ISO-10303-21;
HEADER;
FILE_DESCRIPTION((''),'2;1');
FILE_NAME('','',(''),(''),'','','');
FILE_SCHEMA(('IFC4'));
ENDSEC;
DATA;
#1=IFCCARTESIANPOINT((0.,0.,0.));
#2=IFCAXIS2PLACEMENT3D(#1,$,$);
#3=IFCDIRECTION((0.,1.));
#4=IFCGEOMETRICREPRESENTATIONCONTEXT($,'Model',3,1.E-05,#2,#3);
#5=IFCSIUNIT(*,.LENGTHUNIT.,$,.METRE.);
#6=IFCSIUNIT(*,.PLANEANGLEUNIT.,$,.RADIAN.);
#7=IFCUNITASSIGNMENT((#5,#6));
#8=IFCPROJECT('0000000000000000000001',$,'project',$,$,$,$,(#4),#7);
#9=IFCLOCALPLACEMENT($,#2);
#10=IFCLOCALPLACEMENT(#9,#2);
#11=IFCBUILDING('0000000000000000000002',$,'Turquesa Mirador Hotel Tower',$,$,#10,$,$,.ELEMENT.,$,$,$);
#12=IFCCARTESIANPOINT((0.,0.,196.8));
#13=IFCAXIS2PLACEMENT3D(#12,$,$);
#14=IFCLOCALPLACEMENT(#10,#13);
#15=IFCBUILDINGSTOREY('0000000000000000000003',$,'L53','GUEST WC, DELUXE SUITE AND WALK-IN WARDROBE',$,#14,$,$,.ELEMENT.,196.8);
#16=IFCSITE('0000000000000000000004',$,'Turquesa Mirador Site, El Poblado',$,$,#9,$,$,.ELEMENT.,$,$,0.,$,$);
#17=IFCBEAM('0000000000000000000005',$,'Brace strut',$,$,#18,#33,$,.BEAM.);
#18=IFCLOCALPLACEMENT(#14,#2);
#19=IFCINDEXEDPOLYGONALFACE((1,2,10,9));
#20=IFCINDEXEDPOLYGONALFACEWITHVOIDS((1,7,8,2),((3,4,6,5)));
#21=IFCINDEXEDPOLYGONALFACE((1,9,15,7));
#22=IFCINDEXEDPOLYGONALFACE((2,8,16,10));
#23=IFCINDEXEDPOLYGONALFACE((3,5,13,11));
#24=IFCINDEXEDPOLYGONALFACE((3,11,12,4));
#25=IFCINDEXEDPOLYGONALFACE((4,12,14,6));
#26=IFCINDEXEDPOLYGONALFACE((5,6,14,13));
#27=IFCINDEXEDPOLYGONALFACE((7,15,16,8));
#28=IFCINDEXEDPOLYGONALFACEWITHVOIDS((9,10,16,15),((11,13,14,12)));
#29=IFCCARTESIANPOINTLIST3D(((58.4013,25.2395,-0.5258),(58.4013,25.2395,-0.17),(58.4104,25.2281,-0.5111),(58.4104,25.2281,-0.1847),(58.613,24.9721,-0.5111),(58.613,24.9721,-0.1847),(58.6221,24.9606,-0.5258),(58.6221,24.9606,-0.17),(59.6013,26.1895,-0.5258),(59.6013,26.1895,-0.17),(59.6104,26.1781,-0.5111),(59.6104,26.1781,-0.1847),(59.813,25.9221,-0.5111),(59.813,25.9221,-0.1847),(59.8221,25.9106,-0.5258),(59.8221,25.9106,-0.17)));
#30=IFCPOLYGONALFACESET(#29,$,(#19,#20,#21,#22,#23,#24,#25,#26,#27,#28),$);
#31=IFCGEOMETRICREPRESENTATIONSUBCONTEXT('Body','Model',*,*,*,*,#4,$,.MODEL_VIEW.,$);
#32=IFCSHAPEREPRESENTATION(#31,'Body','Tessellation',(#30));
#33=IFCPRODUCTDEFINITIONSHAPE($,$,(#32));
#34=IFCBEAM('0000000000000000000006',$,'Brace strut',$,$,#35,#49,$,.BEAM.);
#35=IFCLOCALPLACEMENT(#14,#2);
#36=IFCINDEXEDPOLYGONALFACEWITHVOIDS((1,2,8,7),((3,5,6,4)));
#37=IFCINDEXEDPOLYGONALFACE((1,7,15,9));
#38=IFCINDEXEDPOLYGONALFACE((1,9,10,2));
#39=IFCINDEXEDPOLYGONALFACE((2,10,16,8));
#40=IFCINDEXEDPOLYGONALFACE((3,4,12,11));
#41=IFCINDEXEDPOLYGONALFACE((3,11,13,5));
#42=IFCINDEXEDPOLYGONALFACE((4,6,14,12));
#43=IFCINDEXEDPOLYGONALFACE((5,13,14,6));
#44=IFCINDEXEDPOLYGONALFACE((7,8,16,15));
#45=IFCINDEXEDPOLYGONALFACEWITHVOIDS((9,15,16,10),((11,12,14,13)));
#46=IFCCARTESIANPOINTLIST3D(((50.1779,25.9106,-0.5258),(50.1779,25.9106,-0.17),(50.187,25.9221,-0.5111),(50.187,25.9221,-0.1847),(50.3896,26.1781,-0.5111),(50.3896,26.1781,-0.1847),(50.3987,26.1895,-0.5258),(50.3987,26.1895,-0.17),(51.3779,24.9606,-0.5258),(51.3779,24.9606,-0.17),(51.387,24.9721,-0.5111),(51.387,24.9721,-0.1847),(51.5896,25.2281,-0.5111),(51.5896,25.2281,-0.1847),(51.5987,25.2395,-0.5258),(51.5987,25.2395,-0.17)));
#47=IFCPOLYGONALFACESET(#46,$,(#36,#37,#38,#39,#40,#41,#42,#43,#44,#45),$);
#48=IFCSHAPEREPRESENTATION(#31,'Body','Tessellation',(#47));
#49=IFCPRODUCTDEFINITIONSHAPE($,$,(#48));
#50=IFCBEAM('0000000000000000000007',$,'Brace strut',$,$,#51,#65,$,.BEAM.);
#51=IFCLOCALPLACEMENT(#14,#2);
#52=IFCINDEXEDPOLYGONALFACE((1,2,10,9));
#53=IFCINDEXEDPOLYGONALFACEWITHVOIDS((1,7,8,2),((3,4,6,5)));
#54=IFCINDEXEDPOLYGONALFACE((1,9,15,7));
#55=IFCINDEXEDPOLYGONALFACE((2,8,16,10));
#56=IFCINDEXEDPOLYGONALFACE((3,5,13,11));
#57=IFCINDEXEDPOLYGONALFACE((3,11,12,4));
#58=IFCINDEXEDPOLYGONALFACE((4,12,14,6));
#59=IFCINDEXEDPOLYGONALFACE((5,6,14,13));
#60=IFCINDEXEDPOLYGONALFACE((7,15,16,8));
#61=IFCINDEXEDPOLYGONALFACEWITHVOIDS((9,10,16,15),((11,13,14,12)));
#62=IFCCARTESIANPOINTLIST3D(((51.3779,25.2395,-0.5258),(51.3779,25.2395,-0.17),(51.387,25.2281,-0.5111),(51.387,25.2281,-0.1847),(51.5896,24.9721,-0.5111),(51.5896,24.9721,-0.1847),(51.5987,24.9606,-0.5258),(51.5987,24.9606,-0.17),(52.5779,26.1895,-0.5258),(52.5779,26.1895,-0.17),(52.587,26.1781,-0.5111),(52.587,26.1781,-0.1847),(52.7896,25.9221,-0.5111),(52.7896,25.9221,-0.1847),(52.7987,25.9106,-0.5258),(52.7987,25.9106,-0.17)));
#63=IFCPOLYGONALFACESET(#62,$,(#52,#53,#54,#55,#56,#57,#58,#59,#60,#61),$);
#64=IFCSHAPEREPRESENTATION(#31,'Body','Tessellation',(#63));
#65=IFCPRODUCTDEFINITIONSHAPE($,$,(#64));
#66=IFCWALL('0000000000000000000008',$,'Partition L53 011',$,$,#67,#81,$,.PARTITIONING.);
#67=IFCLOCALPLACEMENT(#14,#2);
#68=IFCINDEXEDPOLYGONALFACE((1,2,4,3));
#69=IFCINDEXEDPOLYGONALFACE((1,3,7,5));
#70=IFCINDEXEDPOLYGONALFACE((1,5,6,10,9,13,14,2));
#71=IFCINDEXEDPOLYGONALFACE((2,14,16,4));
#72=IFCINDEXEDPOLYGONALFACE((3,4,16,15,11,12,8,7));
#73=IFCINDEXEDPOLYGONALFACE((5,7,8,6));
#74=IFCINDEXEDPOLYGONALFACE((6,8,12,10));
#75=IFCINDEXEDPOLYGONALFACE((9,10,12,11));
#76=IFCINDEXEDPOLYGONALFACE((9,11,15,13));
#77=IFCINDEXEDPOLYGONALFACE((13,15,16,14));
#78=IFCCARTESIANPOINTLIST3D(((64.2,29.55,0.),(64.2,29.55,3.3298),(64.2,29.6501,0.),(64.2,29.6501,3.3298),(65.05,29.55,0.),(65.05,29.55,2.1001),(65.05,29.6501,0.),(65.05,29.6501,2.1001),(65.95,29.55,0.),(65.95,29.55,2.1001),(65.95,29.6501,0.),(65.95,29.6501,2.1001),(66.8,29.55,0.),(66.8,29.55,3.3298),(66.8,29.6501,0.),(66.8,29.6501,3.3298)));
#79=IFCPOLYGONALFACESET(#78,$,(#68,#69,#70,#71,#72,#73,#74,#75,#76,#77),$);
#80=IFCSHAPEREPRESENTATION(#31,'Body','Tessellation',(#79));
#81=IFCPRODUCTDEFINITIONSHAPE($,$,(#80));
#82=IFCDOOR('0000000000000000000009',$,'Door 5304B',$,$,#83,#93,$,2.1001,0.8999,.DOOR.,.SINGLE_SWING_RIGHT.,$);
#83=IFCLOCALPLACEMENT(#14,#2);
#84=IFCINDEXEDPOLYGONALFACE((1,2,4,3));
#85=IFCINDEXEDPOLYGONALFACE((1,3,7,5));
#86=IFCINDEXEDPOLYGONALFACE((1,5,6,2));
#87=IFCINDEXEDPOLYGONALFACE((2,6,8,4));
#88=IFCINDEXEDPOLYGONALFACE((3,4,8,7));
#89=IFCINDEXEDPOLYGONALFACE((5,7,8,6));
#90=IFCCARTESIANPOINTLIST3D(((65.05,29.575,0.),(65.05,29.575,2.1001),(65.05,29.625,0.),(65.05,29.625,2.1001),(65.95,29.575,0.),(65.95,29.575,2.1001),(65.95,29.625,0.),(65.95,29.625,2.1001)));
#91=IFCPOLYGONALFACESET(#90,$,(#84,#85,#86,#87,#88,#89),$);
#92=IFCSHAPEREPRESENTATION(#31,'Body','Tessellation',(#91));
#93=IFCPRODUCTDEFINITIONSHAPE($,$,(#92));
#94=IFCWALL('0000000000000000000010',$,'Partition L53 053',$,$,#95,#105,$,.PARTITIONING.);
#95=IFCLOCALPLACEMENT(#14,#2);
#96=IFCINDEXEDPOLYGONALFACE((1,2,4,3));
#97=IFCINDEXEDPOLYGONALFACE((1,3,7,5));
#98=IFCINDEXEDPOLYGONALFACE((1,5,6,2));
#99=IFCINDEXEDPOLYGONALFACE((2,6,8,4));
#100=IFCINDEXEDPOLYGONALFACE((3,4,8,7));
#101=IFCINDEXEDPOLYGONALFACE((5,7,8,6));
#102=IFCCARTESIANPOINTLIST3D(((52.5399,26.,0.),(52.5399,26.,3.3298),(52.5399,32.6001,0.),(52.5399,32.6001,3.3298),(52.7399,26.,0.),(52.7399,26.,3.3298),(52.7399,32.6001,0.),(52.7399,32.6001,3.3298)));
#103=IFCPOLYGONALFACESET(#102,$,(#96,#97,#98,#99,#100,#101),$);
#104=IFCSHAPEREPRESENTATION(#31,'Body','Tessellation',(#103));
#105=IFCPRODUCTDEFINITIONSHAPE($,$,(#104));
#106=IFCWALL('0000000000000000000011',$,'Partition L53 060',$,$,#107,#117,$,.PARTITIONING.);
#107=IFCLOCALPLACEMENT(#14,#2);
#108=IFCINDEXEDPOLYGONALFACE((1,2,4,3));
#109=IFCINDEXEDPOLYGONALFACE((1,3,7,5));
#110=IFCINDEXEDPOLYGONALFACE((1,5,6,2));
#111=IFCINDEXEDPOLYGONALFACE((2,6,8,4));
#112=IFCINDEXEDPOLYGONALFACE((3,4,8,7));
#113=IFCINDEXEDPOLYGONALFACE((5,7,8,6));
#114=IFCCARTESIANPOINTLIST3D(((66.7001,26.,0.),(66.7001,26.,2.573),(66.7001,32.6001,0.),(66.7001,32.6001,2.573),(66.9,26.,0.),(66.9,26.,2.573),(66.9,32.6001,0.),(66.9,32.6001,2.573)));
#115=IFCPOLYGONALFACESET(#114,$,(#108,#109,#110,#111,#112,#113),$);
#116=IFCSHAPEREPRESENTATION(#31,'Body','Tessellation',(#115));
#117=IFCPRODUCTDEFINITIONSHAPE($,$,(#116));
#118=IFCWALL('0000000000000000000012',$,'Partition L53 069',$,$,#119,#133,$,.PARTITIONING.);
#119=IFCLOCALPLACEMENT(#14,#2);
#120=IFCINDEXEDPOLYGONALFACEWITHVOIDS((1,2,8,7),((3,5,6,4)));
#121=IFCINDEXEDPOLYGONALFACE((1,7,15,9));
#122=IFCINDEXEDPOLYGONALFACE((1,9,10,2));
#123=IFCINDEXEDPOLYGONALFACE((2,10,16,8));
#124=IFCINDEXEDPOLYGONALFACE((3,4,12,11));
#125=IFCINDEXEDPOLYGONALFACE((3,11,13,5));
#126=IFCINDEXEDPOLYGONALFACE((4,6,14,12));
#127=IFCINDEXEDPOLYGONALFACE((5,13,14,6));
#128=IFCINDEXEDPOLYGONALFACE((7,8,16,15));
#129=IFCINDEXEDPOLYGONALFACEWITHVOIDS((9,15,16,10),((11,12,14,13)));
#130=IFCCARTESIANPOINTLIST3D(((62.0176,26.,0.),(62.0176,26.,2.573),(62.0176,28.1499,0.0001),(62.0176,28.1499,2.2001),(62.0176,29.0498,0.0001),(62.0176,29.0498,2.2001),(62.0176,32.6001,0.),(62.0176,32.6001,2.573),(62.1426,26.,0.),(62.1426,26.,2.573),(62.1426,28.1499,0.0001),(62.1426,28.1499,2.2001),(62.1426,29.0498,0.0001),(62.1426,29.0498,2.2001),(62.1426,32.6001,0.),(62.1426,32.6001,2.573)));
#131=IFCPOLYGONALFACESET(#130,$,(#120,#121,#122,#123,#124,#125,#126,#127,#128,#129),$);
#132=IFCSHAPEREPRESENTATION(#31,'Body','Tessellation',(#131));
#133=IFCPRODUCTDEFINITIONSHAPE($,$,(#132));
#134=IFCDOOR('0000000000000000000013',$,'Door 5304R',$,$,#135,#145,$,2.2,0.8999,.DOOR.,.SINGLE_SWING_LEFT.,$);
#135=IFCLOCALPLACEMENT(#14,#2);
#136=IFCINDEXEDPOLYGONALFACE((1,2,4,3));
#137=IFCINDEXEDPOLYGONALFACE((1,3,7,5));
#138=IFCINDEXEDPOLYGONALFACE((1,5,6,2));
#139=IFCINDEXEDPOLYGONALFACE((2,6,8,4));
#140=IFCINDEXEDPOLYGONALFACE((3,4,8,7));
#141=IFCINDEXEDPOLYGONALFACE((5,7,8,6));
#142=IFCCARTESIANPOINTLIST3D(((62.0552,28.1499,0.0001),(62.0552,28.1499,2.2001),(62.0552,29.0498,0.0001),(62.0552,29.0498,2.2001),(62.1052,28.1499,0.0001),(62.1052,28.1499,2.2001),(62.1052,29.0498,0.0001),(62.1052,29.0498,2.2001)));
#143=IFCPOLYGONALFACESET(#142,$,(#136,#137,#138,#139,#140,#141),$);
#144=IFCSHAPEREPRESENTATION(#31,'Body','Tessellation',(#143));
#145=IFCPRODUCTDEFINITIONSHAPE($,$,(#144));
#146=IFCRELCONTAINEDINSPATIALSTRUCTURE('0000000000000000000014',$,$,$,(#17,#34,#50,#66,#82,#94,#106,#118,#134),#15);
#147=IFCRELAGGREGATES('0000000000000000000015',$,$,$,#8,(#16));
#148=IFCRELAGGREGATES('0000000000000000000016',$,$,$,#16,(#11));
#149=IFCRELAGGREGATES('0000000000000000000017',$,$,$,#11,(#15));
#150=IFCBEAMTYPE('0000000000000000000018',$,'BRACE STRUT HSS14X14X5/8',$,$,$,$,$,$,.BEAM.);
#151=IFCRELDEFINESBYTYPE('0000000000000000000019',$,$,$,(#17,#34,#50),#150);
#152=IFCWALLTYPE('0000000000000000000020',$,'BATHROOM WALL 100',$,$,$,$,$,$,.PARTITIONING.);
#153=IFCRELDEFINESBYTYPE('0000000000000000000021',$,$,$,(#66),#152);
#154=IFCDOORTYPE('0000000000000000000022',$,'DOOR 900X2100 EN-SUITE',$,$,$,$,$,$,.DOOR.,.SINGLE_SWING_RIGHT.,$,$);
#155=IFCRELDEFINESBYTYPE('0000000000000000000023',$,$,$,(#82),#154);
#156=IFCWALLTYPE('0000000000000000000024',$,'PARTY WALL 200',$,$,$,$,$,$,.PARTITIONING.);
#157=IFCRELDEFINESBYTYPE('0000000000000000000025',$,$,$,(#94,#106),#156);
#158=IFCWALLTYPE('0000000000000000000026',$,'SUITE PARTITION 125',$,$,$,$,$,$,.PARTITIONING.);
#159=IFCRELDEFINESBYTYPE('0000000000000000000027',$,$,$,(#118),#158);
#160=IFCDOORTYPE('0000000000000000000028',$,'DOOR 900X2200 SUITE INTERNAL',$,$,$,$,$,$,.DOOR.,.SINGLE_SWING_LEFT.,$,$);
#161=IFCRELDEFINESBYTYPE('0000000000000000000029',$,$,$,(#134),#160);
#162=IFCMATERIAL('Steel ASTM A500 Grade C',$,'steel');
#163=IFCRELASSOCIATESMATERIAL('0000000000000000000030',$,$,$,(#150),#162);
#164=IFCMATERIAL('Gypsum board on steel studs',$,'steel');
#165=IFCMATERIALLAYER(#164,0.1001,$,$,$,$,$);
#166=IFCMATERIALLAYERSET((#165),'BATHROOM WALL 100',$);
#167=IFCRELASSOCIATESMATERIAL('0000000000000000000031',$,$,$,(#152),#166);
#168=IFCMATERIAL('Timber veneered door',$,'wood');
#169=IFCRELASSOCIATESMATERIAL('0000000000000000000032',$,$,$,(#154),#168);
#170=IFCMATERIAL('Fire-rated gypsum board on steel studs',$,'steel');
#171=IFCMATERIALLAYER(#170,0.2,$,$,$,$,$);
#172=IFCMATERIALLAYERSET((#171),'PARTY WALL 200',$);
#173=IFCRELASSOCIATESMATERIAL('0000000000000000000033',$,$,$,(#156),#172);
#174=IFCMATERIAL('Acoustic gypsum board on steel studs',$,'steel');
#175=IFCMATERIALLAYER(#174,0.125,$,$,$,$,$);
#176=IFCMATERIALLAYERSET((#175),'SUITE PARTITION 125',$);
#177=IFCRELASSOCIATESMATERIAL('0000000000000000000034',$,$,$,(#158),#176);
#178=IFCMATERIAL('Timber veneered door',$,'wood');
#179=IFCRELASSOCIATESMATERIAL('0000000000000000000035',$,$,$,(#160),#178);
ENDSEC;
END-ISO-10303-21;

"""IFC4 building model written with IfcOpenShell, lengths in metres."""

from ifc_helpers import new_model, si_unit, direction, frame, frame_2d, origin, origin_2d, place, context, subcontext, project, spatial, rectangle, hollow_rectangle, extrude, material, layer, layer_set, material_profile, profile_set, type_object, element, fill, save


model = new_model("IFC4")

# Units and contexts
model_context = context("Model", 3, precision=1e-05, world=origin(), true_north=direction((0.0, 1.0)))
body_context = subcontext(model_context, "Body", "Model", "MODEL_VIEW")
ifc_project = project(units=[si_unit("LENGTHUNIT", "METRE"), si_unit("PLANEANGLEUNIT", "RADIAN")], contexts=[model_context])

# Site, building, storey
site_placement = place(None, origin())
site = spatial("IfcSite", under=ifc_project, at=site_placement, Name="Turquesa Mirador Site, El Poblado", CompositionType="ELEMENT", RefElevation=0.0)
building_placement = place(site_placement, origin())
building = spatial("IfcBuilding", under=site, at=building_placement, Name="Turquesa Mirador Hotel Tower", CompositionType="ELEMENT")
storey_placement = place(building_placement, frame((0.0, 0.0, 196.8)))
storey = spatial("IfcBuildingStorey", under=building, at=storey_placement, Name="L53", Description="GUEST WC, DELUXE SUITE AND WALK-IN WARDROBE", CompositionType="ELEMENT", Elevation=196.8)

# Beams
ifc_material_1 = material(Name="Steel ASTM A500 Grade C", Category="steel")
ifc_material_profile_1 = material_profile(ifc_material_1, hollow_rectangle(XDim=0.3557, YDim=0.3557, WallThickness=0.0146, at=origin_2d()), Name="HSS14X14X5/8")
ifc_profile_set_1 = profile_set([ifc_material_profile_1], Name="Steel ASTM A500 Grade C")
beam_type_1 = type_object("IfcBeamType", Name="BRACE STRUT HSS14X14X5/8", PredefinedType="BEAM", material=ifc_profile_set_1)
for number, where, z_axis, x_axis, name in (
    (1, (58.5117, 25.1001, -0.3479), (0.784049, 0.620699, 0.0), (-0.620699, 0.784049, 0.0), "Brace strut"),
    (2, (51.4883, 25.1001, -0.3479), (-0.784049, 0.620699, 0.0), (-0.620699, -0.784049, 0.0), "Brace strut"),
    (3, (51.4883, 25.1001, -0.3479), (0.784049, 0.620699, 0.0), (-0.620699, 0.784049, 0.0), "Brace strut"),
):
    element("IfcBeam", number, at=place(storey_placement, frame(where, z_axis=z_axis, x_axis=x_axis)), inside=storey, type_object=beam_type_1, Name=name, PredefinedType="BEAM", context=body_context, shape_type="SweptSolid", body=[
        extrude(hollow_rectangle(XDim=0.3557, YDim=0.3557, WallThickness=0.0146, at=origin_2d()), origin(), (0.0, 0.0, 1.0), 1.5305),
    ])

# Wall, opening, door
ifc_material_2 = material(Name="Gypsum board on steel studs", Category="steel")
ifc_layer_1 = layer(ifc_material_2, 0.1001)
ifc_layer_set_1 = layer_set([ifc_layer_1], Name="BATHROOM WALL 100")
wall_type_1 = type_object("IfcWallType", Name="BATHROOM WALL 100", PredefinedType="PARTITIONING", material=ifc_layer_set_1)
wall_1_placement = place(storey_placement, frame((64.2, 29.6001, 0.0), z_axis=(0.0, 0.0, 1.0), x_axis=(1.0, 0.0, 0.0)))
wall_1 = element("IfcWall", 4, at=wall_1_placement, inside=storey, type_object=wall_type_1, Name="Partition L53 011", PredefinedType="PARTITIONING", context=body_context, shape_type="SweptSolid", body=[
    extrude(rectangle(XDim=2.6001, YDim=0.1001, at=frame_2d((1.3, 0.0))), origin(), (0.0, 0.0, 1.0), 3.3298),
])
opening_1_placement = place(wall_1_placement, frame((0.8501, 0.0, 0.0)))
opening_1 = element("IfcOpeningElement", 5, at=opening_1_placement, cuts=wall_1, PredefinedType="OPENING", context=body_context, shape_type="SweptSolid", body=[
    extrude(rectangle(XDim=0.8999, YDim=2.1001, at=frame_2d((0.45, 1.05))), frame((0.0, 0.0601, 0.0), z_axis=(0.0, -1.0, 0.0), x_axis=(1.0, 0.0, 0.0)), (0.0, 0.0, 1.0), 0.1201),
])
ifc_material_3 = material(Name="Timber veneered door", Category="wood")
door_type_1 = type_object("IfcDoorType", Name="DOOR 900X2100 EN-SUITE", OperationType="SINGLE_SWING_RIGHT", PredefinedType="DOOR", material=ifc_material_3)
door_1_placement = place(opening_1_placement, origin())
door_1 = element("IfcDoor", 6, at=door_1_placement, inside=storey, type_object=door_type_1, Name="Door 5304B", OperationType="SINGLE_SWING_RIGHT", OverallHeight=2.1001, OverallWidth=0.8999, PredefinedType="DOOR", context=body_context, shape_type="SweptSolid", body=[
    extrude(rectangle(XDim=0.8999, YDim=2.1001, at=frame_2d((0.45, 1.05))), frame((0.0, 0.0249, 0.0), z_axis=(0.0, -1.0, 0.0), x_axis=(1.0, 0.0, 0.0)), (0.0, 0.0, 1.0), 0.05),
])
fill(opening_1, door_1)

# Walls
ifc_material_4 = material(Name="Fire-rated gypsum board on steel studs", Category="steel")
ifc_layer_2 = layer(ifc_material_4, 0.2)
ifc_layer_set_2 = layer_set([ifc_layer_2], Name="PARTY WALL 200")
wall_type_2 = type_object("IfcWallType", Name="PARTY WALL 200", PredefinedType="PARTITIONING", material=ifc_layer_set_2)
wall_2_placement = place(storey_placement, frame((52.6399, 26.0, 0.0), z_axis=(0.0, 0.0, 1.0), x_axis=(0.0, 1.0, 0.0)))
element("IfcWall", 7, at=wall_2_placement, inside=storey, type_object=wall_type_2, Name="Partition L53 053", PredefinedType="PARTITIONING", context=body_context, shape_type="SweptSolid", body=[
    extrude(rectangle(XDim=6.6001, YDim=0.2, at=frame_2d((3.3, 0.0))), origin(), (0.0, 0.0, 1.0), 3.3298),
])
wall_3_placement = place(storey_placement, frame((66.8, 26.0, 0.0), z_axis=(0.0, 0.0, 1.0), x_axis=(0.0, 1.0, 0.0)))
element("IfcWall", 8, at=wall_3_placement, inside=storey, type_object=wall_type_2, Name="Partition L53 060", PredefinedType="PARTITIONING", context=body_context, shape_type="SweptSolid", body=[
    extrude(rectangle(XDim=6.6001, YDim=0.2, at=frame_2d((3.3, 0.0))), origin(), (0.0, 0.0, 1.0), 2.573),
])

# Wall, opening, door
ifc_material_5 = material(Name="Acoustic gypsum board on steel studs", Category="steel")
ifc_layer_3 = layer(ifc_material_5, 0.125)
ifc_layer_set_3 = layer_set([ifc_layer_3], Name="SUITE PARTITION 125")
wall_type_3 = type_object("IfcWallType", Name="SUITE PARTITION 125", PredefinedType="PARTITIONING", material=ifc_layer_set_3)
wall_4_placement = place(storey_placement, frame((62.0801, 26.0, 0.0), z_axis=(0.0, 0.0, 1.0), x_axis=(0.0, 1.0, 0.0)))
wall_4 = element("IfcWall", 9, at=wall_4_placement, inside=storey, type_object=wall_type_3, Name="Partition L53 069", PredefinedType="PARTITIONING", context=body_context, shape_type="SweptSolid", body=[
    extrude(rectangle(XDim=6.6001, YDim=0.125, at=frame_2d((3.3, 0.0))), origin(), (0.0, 0.0, 1.0), 2.573),
])
opening_2_placement = place(wall_4_placement, frame((2.1499, 0.0, 0.0)))
opening_2 = element("IfcOpeningElement", 10, at=opening_2_placement, cuts=wall_4, PredefinedType="OPENING", context=body_context, shape_type="SweptSolid", body=[
    extrude(rectangle(XDim=0.8999, YDim=2.2, at=frame_2d((0.45, 1.1001))), frame((0.0, 0.0725, 0.0), z_axis=(0.0, -1.0, 0.0), x_axis=(1.0, 0.0, 0.0)), (0.0, 0.0, 1.0), 0.145),
])
ifc_material_6 = material(Name="Timber veneered door", Category="wood")
door_type_2 = type_object("IfcDoorType", Name="DOOR 900X2200 SUITE INTERNAL", OperationType="SINGLE_SWING_LEFT", PredefinedType="DOOR", material=ifc_material_6)
door_2_placement = place(opening_2_placement, origin())
door_2 = element("IfcDoor", 11, at=door_2_placement, inside=storey, type_object=door_type_2, Name="Door 5304R", OperationType="SINGLE_SWING_LEFT", OverallHeight=2.2, OverallWidth=0.8999, PredefinedType="DOOR", context=body_context, shape_type="SweptSolid", body=[
    extrude(rectangle(XDim=0.8999, YDim=2.2, at=frame_2d((0.45, 1.1001))), frame((0.0, 0.0249, 0.0), z_axis=(0.0, -1.0, 0.0), x_axis=(1.0, 0.0, 0.0)), (0.0, 0.0, 1.0), 0.05),
])
fill(opening_2, door_2)

save(model, "model.ifc")
